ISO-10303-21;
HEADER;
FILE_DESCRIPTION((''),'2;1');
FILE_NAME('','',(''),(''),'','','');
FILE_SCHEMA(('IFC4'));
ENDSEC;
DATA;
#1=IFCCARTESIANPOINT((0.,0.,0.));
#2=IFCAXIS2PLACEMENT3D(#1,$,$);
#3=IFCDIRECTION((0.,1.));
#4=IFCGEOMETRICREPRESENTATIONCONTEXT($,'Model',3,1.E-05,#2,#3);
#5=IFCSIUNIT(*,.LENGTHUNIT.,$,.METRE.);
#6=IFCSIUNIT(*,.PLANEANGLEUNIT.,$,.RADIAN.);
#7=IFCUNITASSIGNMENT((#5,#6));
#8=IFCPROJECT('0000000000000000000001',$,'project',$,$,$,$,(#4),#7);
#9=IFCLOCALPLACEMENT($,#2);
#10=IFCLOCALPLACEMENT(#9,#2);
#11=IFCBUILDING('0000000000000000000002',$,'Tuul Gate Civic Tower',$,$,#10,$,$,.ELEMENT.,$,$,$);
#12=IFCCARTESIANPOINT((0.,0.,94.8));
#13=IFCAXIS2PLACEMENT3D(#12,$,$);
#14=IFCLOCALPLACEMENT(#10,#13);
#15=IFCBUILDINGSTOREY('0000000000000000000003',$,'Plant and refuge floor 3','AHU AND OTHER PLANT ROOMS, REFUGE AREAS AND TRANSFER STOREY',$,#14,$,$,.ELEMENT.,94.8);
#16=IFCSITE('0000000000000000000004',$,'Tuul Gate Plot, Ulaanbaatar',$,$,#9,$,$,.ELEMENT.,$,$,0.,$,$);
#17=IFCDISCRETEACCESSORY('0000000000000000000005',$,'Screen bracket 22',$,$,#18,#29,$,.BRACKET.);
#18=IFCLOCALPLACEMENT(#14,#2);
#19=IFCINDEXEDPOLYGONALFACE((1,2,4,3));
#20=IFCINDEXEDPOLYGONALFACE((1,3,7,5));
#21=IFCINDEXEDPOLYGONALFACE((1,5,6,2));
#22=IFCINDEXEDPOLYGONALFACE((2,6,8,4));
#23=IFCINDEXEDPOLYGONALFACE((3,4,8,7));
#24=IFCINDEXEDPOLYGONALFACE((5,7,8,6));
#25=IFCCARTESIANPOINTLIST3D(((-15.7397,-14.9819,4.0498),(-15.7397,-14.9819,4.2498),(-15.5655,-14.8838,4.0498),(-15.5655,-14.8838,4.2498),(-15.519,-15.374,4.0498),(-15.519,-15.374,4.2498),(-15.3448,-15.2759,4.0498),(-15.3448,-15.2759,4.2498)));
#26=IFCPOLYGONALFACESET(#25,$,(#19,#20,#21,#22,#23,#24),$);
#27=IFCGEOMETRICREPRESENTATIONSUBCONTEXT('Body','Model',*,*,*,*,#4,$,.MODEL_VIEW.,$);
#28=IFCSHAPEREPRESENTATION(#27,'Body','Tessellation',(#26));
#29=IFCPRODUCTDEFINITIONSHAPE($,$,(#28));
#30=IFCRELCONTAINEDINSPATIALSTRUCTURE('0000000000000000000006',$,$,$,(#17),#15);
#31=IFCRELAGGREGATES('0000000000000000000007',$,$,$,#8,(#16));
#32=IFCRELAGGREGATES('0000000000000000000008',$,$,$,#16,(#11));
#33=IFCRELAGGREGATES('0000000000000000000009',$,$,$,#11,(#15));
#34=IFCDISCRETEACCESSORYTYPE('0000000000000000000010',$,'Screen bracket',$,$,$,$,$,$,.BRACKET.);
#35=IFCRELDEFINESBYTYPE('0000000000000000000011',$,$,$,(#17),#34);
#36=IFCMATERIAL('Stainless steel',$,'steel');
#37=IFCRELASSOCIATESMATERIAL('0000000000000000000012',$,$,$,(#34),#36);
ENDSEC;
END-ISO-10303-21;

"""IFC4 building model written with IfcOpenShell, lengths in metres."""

from ifc_helpers import new_model, si_unit, direction, frame, origin, origin_2d, place, context, subcontext, project, spatial, rectangle, extrude, material, type_object, element, save


model = new_model("IFC4")

# Units and contexts
model_context = context("Model", 3, precision=1e-05, world=origin(), true_north=direction((0.0, 1.0)))
body_context = subcontext(model_context, "Body", "Model", "MODEL_VIEW")
ifc_project = project(units=[si_unit("LENGTHUNIT", "METRE"), si_unit("PLANEANGLEUNIT", "RADIAN")], contexts=[model_context])

# Site, building, storey
site_placement = place(None, origin())
site = spatial("IfcSite", under=ifc_project, at=site_placement, Name="Tuul Gate Plot, Ulaanbaatar", CompositionType="ELEMENT", RefElevation=0.0)
building_placement = place(site_placement, origin())
building = spatial("IfcBuilding", under=site, at=building_placement, Name="Tuul Gate Civic Tower", CompositionType="ELEMENT")
storey_placement = place(building_placement, frame((0.0, 0.0, 94.8)))
storey = spatial("IfcBuildingStorey", under=building, at=storey_placement, Name="Plant and refuge floor 3", Description="AHU AND OTHER PLANT ROOMS, REFUGE AREAS AND TRANSFER STOREY", CompositionType="ELEMENT", Elevation=94.8)

# Discrete accessory
ifc_material_1 = material(Name="Stainless steel", Category="steel")
discrete_accessory_type_1 = type_object("IfcDiscreteAccessoryType", Name="Screen bracket", PredefinedType="BRACKET", material=ifc_material_1)
discrete_accessory_placement = place(storey_placement, frame((-15.5422, -15.1289, 4.0498), z_axis=(0.0, 0.0, 1.0), x_axis=(0.490452, -0.871468, 0.0)))
element("IfcDiscreteAccessory", 1, at=discrete_accessory_placement, inside=storey, type_object=discrete_accessory_type_1, Name="Screen bracket 22", PredefinedType="BRACKET", context=body_context, shape_type="SweptSolid", body=[
    extrude(rectangle(XDim=0.45, YDim=0.2, at=origin_2d()), origin(), (0.0, 0.0, 1.0), 0.2),
])

save(model, "model.ifc")
